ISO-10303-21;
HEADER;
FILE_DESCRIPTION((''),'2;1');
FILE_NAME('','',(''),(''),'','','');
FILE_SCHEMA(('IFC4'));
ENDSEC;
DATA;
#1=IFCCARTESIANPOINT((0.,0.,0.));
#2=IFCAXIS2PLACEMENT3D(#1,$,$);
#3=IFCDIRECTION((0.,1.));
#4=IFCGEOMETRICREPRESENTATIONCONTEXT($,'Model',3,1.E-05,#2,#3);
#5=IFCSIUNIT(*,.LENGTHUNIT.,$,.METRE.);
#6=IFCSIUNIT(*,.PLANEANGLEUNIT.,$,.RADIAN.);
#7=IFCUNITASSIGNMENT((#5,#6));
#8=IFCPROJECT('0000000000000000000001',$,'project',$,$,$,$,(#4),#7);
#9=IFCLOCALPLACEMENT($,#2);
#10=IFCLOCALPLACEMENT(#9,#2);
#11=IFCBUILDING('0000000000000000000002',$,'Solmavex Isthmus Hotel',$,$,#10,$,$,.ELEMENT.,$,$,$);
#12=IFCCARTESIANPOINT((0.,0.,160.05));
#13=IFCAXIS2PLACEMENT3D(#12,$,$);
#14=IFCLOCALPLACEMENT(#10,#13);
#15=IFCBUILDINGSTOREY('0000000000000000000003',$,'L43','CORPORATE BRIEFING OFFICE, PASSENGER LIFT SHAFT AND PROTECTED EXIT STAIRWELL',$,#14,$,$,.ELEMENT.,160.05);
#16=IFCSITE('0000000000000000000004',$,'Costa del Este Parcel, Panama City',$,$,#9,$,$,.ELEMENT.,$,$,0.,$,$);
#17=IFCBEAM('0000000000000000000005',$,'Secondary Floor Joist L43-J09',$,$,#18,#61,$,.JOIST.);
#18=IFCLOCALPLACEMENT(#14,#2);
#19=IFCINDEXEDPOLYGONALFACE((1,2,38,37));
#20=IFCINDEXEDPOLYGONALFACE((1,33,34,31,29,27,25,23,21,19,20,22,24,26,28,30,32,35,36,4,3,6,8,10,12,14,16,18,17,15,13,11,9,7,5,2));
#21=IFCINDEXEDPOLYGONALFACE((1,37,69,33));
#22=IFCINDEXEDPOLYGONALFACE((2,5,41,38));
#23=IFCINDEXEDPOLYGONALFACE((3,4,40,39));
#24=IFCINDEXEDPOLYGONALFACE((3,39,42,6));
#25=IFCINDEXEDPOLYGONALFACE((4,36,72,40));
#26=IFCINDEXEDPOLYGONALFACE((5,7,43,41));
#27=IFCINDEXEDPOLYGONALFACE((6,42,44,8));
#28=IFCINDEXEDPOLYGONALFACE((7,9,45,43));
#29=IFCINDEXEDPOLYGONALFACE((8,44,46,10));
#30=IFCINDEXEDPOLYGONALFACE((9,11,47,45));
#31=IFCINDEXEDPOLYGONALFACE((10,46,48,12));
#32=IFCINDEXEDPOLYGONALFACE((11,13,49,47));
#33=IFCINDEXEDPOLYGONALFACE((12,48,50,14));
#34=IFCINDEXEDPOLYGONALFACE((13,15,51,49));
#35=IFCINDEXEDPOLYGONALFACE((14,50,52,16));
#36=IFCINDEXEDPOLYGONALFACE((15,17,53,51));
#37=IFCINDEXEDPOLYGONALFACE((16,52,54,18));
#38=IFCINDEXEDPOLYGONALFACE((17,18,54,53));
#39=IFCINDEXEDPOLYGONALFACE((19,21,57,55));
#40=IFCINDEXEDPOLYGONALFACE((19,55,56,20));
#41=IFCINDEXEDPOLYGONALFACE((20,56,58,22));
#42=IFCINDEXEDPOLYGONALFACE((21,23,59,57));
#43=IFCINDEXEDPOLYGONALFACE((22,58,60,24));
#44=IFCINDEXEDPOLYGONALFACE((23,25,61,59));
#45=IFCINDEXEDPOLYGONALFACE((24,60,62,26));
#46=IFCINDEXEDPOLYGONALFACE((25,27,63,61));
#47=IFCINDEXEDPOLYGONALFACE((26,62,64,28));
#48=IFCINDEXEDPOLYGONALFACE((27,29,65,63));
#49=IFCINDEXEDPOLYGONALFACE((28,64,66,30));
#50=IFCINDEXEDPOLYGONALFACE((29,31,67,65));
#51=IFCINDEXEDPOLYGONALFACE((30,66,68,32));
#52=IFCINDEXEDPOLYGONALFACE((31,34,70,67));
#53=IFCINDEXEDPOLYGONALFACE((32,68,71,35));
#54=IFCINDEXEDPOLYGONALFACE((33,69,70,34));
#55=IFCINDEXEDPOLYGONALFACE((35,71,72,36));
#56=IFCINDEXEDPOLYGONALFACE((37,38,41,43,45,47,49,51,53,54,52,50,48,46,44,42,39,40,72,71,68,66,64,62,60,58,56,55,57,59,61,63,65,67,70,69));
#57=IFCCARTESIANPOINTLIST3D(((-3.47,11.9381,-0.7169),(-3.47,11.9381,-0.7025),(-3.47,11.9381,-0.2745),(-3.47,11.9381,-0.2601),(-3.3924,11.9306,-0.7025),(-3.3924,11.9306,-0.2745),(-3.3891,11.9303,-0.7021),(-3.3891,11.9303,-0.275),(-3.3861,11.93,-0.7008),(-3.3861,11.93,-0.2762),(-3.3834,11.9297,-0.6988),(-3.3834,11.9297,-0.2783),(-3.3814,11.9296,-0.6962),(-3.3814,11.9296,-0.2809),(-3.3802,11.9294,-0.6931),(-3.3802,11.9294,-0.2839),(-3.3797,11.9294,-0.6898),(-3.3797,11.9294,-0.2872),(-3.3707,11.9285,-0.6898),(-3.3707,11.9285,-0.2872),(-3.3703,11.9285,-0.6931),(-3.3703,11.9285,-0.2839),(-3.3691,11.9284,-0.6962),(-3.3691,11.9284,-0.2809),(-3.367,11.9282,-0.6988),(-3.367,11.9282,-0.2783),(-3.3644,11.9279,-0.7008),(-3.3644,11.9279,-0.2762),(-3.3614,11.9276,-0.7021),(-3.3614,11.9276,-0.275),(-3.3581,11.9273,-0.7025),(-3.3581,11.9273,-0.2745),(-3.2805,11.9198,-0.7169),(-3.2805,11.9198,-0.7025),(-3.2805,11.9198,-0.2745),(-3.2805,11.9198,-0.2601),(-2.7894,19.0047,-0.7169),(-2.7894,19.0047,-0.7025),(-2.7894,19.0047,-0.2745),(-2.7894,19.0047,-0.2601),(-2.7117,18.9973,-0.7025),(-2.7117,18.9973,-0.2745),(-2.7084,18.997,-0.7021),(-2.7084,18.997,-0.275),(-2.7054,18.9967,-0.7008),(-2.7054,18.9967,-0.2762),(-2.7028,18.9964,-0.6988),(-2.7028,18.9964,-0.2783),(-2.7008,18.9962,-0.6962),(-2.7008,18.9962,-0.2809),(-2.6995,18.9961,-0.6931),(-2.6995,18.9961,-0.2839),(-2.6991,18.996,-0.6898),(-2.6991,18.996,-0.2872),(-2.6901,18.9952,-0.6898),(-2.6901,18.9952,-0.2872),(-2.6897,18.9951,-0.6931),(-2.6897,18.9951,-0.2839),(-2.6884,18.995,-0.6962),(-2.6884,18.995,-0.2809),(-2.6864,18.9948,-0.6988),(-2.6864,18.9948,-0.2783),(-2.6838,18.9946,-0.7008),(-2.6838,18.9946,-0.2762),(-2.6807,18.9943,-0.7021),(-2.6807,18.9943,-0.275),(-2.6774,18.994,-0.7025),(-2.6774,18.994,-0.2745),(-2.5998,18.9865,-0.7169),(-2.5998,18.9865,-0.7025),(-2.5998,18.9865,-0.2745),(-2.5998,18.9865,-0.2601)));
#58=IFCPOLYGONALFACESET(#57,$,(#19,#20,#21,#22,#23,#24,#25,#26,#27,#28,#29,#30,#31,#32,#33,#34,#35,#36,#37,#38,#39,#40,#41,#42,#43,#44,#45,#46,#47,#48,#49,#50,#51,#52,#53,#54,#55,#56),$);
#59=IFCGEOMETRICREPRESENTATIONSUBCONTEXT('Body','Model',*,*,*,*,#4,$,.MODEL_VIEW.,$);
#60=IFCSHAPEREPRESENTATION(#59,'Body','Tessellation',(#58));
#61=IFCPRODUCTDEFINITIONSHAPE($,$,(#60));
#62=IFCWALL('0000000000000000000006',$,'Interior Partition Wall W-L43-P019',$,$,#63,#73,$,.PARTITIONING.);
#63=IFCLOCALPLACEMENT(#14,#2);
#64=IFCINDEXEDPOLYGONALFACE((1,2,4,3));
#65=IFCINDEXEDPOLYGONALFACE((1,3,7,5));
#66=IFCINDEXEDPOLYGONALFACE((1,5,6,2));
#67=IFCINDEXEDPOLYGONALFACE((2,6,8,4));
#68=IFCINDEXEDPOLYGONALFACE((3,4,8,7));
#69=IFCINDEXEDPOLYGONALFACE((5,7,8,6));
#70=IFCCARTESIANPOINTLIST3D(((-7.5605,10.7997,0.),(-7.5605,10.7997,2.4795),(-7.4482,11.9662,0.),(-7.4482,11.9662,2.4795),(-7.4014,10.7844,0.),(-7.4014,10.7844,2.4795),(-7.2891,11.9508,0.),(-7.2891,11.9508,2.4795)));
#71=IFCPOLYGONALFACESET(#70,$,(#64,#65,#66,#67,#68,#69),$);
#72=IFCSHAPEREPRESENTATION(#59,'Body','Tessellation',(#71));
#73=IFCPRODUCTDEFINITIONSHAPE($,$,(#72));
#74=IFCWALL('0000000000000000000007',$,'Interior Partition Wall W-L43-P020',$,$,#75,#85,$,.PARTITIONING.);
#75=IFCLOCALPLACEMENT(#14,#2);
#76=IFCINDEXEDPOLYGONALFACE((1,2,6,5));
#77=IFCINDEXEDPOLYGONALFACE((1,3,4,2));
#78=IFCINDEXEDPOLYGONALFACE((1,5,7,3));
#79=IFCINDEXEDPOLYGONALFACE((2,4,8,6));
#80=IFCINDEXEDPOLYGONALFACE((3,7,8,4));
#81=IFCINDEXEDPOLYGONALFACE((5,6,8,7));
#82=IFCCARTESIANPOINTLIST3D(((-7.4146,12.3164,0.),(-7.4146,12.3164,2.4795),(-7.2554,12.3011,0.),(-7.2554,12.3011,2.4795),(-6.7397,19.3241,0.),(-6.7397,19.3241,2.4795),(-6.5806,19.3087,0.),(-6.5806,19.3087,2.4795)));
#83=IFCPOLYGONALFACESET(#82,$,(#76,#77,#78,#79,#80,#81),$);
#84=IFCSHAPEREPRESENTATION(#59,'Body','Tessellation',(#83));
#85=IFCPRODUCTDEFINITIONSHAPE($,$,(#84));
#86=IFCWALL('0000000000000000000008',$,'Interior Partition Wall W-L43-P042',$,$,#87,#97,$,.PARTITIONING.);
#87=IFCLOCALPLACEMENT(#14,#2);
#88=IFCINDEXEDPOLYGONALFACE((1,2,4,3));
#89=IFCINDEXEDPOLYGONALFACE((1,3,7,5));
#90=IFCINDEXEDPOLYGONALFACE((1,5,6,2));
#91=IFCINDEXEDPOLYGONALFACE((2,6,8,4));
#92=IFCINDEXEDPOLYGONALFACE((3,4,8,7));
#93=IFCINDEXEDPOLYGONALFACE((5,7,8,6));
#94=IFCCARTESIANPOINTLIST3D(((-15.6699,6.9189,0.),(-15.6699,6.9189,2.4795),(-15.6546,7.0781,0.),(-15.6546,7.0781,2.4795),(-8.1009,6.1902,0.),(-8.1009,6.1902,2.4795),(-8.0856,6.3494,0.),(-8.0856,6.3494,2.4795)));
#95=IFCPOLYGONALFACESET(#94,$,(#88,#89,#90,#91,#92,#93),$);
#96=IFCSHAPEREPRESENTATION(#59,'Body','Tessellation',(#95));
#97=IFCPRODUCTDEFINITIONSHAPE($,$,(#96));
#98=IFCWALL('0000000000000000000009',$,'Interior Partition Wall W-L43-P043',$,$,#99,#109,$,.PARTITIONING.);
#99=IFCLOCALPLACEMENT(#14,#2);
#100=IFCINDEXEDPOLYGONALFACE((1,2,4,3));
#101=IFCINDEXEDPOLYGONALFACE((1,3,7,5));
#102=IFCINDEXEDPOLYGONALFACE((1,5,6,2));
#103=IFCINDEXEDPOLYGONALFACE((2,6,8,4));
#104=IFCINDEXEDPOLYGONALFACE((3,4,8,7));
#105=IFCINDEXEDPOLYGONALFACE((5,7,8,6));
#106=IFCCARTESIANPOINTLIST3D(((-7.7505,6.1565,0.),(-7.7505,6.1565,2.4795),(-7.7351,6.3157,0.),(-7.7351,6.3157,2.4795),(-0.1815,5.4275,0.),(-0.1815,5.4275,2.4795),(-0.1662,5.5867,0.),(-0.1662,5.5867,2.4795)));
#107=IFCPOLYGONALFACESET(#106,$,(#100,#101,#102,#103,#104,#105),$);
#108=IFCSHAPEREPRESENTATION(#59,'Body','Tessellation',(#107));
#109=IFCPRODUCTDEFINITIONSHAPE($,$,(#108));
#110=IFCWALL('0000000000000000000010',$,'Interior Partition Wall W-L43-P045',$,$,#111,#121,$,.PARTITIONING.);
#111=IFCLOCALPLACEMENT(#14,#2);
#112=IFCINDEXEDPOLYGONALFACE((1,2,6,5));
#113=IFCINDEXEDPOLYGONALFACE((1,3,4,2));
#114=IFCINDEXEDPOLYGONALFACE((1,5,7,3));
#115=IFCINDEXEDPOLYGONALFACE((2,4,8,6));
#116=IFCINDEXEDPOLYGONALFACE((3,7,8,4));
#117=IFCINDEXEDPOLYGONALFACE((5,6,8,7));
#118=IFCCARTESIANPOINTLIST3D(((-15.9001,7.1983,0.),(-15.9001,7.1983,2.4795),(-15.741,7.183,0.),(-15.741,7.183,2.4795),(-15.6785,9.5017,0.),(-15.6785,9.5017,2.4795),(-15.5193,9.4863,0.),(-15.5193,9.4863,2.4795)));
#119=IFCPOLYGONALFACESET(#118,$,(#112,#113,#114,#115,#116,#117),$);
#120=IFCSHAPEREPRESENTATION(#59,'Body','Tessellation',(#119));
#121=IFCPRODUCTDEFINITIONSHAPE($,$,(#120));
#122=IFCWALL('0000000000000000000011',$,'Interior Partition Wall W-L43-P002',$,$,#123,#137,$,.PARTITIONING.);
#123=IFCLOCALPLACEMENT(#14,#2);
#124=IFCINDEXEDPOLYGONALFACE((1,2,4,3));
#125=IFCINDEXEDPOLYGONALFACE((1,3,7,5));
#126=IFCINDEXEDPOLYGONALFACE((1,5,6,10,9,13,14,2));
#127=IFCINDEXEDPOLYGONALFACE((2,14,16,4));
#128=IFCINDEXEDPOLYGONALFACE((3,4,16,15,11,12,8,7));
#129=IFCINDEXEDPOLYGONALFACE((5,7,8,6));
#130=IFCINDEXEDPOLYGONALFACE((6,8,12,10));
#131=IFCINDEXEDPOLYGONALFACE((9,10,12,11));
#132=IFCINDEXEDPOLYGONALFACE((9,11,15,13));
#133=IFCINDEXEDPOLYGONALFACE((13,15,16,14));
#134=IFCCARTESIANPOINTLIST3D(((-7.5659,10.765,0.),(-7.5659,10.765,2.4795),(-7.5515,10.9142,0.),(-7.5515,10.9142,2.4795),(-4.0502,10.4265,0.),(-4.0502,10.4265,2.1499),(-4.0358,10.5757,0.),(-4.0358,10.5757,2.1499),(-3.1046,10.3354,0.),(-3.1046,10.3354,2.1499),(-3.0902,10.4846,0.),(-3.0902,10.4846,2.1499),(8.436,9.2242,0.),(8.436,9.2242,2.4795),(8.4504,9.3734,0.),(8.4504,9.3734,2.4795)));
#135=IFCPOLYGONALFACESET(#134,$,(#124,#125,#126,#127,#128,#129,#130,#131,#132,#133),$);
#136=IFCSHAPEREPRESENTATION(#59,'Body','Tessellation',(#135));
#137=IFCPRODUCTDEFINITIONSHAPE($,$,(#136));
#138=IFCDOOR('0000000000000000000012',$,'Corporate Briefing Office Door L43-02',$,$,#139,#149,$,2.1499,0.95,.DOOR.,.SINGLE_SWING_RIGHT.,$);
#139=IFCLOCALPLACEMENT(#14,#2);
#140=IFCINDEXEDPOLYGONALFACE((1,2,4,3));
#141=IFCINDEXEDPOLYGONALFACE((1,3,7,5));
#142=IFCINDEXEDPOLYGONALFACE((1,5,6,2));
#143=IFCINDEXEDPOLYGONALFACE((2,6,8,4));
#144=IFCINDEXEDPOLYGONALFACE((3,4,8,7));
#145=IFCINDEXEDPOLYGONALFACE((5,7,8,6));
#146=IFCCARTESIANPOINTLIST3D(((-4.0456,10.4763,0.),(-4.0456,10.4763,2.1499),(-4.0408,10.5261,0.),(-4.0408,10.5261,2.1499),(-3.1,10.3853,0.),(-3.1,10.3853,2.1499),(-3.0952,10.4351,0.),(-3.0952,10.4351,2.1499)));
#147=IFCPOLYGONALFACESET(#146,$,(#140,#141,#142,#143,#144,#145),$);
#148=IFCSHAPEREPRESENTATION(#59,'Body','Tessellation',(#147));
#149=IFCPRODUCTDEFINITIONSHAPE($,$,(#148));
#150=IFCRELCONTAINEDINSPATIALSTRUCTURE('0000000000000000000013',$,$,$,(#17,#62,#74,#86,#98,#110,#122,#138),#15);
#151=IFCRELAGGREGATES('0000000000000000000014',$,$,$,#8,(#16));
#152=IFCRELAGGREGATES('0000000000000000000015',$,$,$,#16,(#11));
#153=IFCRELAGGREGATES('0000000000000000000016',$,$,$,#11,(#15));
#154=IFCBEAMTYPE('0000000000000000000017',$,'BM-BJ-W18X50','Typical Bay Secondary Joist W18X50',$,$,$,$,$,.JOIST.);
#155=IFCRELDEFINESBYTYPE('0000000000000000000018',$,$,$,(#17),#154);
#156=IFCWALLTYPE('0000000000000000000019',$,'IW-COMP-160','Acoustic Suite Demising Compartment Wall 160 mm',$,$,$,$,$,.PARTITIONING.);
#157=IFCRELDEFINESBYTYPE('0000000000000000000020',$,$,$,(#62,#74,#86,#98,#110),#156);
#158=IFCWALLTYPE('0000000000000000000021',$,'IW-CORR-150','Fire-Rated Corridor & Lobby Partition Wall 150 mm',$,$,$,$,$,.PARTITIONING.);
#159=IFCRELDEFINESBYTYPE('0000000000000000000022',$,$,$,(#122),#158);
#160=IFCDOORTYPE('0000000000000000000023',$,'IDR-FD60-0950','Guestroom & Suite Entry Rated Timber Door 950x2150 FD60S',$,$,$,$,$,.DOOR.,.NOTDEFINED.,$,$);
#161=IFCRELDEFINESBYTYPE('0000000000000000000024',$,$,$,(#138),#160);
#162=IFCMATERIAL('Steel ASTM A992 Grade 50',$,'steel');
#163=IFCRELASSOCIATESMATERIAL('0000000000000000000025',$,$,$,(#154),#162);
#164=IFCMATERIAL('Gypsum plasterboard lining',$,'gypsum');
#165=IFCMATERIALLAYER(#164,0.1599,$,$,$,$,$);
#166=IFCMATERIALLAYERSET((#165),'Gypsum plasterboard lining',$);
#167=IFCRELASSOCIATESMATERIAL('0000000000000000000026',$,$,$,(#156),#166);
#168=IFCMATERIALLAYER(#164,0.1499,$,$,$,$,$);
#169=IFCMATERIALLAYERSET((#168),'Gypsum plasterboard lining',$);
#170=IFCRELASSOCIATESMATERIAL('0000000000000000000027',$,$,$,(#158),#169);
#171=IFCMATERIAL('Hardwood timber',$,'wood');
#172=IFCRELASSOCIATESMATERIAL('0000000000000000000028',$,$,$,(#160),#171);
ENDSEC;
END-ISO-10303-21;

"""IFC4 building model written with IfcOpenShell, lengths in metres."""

from ifc_helpers import new_model, si_unit, direction, frame, frame_2d, origin, origin_2d, place, context, subcontext, project, spatial, rectangle, i_section, extrude, material, layer, layer_set, material_profile, profile_set, type_object, element, fill, save


model = new_model("IFC4")

# Units and contexts
model_context = context("Model", 3, precision=1e-05, world=origin(), true_north=direction((0.0, 1.0)))
body_context = subcontext(model_context, "Body", "Model", "MODEL_VIEW")
ifc_project = project(units=[si_unit("LENGTHUNIT", "METRE"), si_unit("PLANEANGLEUNIT", "RADIAN")], contexts=[model_context])

# Site, building, storey
site_placement = place(None, origin())
site = spatial("IfcSite", under=ifc_project, at=site_placement, Name="Costa del Este Parcel, Panama City", CompositionType="ELEMENT", RefElevation=0.0)
building_placement = place(site_placement, origin())
building = spatial("IfcBuilding", under=site, at=building_placement, Name="Solmavex Isthmus Hotel", CompositionType="ELEMENT")
storey_placement = place(building_placement, frame((0.0, 0.0, 160.05)))
storey = spatial("IfcBuildingStorey", under=building, at=storey_placement, Name="L43", Description="CORPORATE BRIEFING OFFICE, PASSENGER LIFT SHAFT AND PROTECTED EXIT STAIRWELL", CompositionType="ELEMENT", Elevation=160.05)

# Beam
ifc_material_1 = material(Name="Steel ASTM A992 Grade 50", Category="steel")
ifc_material_profile_1 = material_profile(ifc_material_1, i_section(OverallWidth=0.1904, OverallDepth=0.4568, WebThickness=0.009, FlangeThickness=0.0144, FilletRadius=0.0127, at=origin_2d()), Name="W18X50")
ifc_profile_set_1 = profile_set([ifc_material_profile_1], Name="Steel ASTM A992 Grade 50")
beam_type_1 = type_object("IfcBeamType", Name="BM-BJ-W18X50", Description="Typical Bay Secondary Joist W18X50", PredefinedType="JOIST", material=ifc_profile_set_1)
beam_1_placement = place(storey_placement, frame((-3.3752, 11.929, -0.4885), z_axis=(0.095877, 0.995393, 0.0), x_axis=(-0.995393, 0.095877, 0.0)))
element("IfcBeam", 1, at=beam_1_placement, inside=storey, type_object=beam_type_1, Name="Secondary Floor Joist L43-J09", PredefinedType="JOIST", context=body_context, shape_type="SweptSolid", body=[
    extrude(i_section(OverallWidth=0.1904, OverallDepth=0.4568, WebThickness=0.009, FlangeThickness=0.0144, FilletRadius=0.0127, at=origin_2d()), origin(), (0.0, 0.0, 1.0), 7.0994),
])

# Walls
ifc_material_2 = material(Name="Gypsum plasterboard lining", Category="gypsum")
ifc_layer_1 = layer(ifc_material_2, 0.1599)
ifc_layer_set_1 = layer_set([ifc_layer_1], Name="Gypsum plasterboard lining")
wall_type_1 = type_object("IfcWallType", Name="IW-COMP-160", Description="Acoustic Suite Demising Compartment Wall 160 mm", PredefinedType="PARTITIONING", material=ifc_layer_set_1)
wall_1_placement = place(storey_placement, frame((-7.3687, 11.9585, 0.0), z_axis=(0.0, 0.0, 1.0), x_axis=(-0.095831, -0.995398, 0.0)))
element("IfcWall", 2, at=wall_1_placement, inside=storey, type_object=wall_type_1, Name="Interior Partition Wall W-L43-P019", PredefinedType="PARTITIONING", context=body_context, shape_type="SweptSolid", body=[
    extrude(rectangle(XDim=1.1719, YDim=0.1599, at=frame_2d((0.5859, 0.0))), origin(), (0.0, 0.0, 1.0), 2.4795),
])
wall_2_placement = place(storey_placement, frame((-6.6602, 19.3164, 0.0), z_axis=(0.0, 0.0, 1.0), x_axis=(-0.095853, -0.995395, 0.0)))
element("IfcWall", 3, at=wall_2_placement, inside=storey, type_object=wall_type_1, Name="Interior Partition Wall W-L43-P020", PredefinedType="PARTITIONING", context=body_context, shape_type="SweptSolid", body=[
    extrude(rectangle(XDim=7.04, YDim=0.1599, at=frame_2d((3.52, 0.0))), origin(), (0.0, 0.0, 1.0), 2.4795),
])
for number, where, z_axis, x_axis, name in (
    (4, (-8.0933, 6.2698, 0.0), (0.0, 0.0, 1.0), (-0.995397, 0.095838, 0.0), "Interior Partition Wall W-L43-P042"),
    (5, (-0.1738, 5.5071, 0.0), (0.0, 0.0, 1.0), (-0.995394, 0.09587, 0.0), "Interior Partition Wall W-L43-P043"),
):
    element("IfcWall", number, at=place(storey_placement, frame(where, z_axis=z_axis, x_axis=x_axis)), inside=storey, type_object=wall_type_1, Name=name, PredefinedType="PARTITIONING", context=body_context, shape_type="SweptSolid", body=[
        extrude(rectangle(XDim=7.604, YDim=0.1599, at=frame_2d((3.802, 0.0))), origin(), (0.0, 0.0, 1.0), 2.4795),
    ])
wall_3_placement = place(storey_placement, frame((-15.8206, 7.1907, 0.0), z_axis=(0.0, 0.0, 1.0), x_axis=(0.095805, 0.9954, 0.0)))
element("IfcWall", 6, at=wall_3_placement, inside=storey, type_object=wall_type_1, Name="Interior Partition Wall W-L43-P045", PredefinedType="PARTITIONING", context=body_context, shape_type="SweptSolid", body=[
    extrude(rectangle(XDim=2.314, YDim=0.1599, at=frame_2d((1.157, 0.0))), origin(), (0.0, 0.0, 1.0), 2.4795),
])

# Wall, opening, door
ifc_layer_2 = layer(ifc_material_2, 0.1499)
ifc_layer_set_2 = layer_set([ifc_layer_2], Name="Gypsum plasterboard lining")
wall_type_2 = type_object("IfcWallType", Name="IW-CORR-150", Description="Fire-Rated Corridor & Lobby Partition Wall 150 mm", PredefinedType="PARTITIONING", material=ifc_layer_set_2)
wall_4_placement = place(storey_placement, frame((-7.5588, 10.8396, 0.0), z_axis=(0.0, 0.0, 1.0), x_axis=(0.995396, -0.095843, 0.0)))
wall_4 = element("IfcWall", 7, at=wall_4_placement, inside=storey, type_object=wall_type_2, Name="Interior Partition Wall W-L43-P002", PredefinedType="PARTITIONING", context=body_context, shape_type="SweptSolid", body=[
    extrude(rectangle(XDim=16.0759, YDim=0.1499, at=frame_2d((8.0381, 0.0))), origin(), (0.0, 0.0, 1.0), 2.4795),
])
opening_1_placement = place(wall_4_placement, frame((3.532, 0.0, 0.0)))
opening_1 = element("IfcOpeningElement", 8, at=opening_1_placement, cuts=wall_4, PredefinedType="OPENING", context=body_context, shape_type="SweptSolid", body=[
    extrude(rectangle(XDim=0.95, YDim=2.1499, at=frame_2d((0.4751, 1.075))), frame((0.0, 0.085, 0.0), z_axis=(0.0, -1.0, 0.0), x_axis=(1.0, 0.0, 0.0)), (0.0, 0.0, 1.0), 0.1699),
])
ifc_material_3 = material(Name="Hardwood timber", Category="wood")
door_type = type_object("IfcDoorType", Name="IDR-FD60-0950", Description="Guestroom & Suite Entry Rated Timber Door 950x2150 FD60S", OperationType="NOTDEFINED", PredefinedType="DOOR", material=ifc_material_3)
door_1_placement = place(opening_1_placement, frame((0.95, 0.0, 0.0), z_axis=(0.0, 0.0, 1.0), x_axis=(-1.0, 0.0, 0.0)))
door_1 = element("IfcDoor", 9, at=door_1_placement, inside=storey, type_object=door_type, Name="Corporate Briefing Office Door L43-02", OperationType="SINGLE_SWING_RIGHT", OverallHeight=2.1499, OverallWidth=0.95, PredefinedType="DOOR", context=body_context, shape_type="SweptSolid", body=[
    extrude(rectangle(XDim=0.95, YDim=2.1499, at=frame_2d((0.4751, 1.075))), frame((0.0, 0.0249, 0.0), z_axis=(0.0, -1.0, 0.0), x_axis=(1.0, 0.0, 0.0)), (0.0, 0.0, 1.0), 0.05),
])
fill(opening_1, door_1)

save(model, "model.ifc")
